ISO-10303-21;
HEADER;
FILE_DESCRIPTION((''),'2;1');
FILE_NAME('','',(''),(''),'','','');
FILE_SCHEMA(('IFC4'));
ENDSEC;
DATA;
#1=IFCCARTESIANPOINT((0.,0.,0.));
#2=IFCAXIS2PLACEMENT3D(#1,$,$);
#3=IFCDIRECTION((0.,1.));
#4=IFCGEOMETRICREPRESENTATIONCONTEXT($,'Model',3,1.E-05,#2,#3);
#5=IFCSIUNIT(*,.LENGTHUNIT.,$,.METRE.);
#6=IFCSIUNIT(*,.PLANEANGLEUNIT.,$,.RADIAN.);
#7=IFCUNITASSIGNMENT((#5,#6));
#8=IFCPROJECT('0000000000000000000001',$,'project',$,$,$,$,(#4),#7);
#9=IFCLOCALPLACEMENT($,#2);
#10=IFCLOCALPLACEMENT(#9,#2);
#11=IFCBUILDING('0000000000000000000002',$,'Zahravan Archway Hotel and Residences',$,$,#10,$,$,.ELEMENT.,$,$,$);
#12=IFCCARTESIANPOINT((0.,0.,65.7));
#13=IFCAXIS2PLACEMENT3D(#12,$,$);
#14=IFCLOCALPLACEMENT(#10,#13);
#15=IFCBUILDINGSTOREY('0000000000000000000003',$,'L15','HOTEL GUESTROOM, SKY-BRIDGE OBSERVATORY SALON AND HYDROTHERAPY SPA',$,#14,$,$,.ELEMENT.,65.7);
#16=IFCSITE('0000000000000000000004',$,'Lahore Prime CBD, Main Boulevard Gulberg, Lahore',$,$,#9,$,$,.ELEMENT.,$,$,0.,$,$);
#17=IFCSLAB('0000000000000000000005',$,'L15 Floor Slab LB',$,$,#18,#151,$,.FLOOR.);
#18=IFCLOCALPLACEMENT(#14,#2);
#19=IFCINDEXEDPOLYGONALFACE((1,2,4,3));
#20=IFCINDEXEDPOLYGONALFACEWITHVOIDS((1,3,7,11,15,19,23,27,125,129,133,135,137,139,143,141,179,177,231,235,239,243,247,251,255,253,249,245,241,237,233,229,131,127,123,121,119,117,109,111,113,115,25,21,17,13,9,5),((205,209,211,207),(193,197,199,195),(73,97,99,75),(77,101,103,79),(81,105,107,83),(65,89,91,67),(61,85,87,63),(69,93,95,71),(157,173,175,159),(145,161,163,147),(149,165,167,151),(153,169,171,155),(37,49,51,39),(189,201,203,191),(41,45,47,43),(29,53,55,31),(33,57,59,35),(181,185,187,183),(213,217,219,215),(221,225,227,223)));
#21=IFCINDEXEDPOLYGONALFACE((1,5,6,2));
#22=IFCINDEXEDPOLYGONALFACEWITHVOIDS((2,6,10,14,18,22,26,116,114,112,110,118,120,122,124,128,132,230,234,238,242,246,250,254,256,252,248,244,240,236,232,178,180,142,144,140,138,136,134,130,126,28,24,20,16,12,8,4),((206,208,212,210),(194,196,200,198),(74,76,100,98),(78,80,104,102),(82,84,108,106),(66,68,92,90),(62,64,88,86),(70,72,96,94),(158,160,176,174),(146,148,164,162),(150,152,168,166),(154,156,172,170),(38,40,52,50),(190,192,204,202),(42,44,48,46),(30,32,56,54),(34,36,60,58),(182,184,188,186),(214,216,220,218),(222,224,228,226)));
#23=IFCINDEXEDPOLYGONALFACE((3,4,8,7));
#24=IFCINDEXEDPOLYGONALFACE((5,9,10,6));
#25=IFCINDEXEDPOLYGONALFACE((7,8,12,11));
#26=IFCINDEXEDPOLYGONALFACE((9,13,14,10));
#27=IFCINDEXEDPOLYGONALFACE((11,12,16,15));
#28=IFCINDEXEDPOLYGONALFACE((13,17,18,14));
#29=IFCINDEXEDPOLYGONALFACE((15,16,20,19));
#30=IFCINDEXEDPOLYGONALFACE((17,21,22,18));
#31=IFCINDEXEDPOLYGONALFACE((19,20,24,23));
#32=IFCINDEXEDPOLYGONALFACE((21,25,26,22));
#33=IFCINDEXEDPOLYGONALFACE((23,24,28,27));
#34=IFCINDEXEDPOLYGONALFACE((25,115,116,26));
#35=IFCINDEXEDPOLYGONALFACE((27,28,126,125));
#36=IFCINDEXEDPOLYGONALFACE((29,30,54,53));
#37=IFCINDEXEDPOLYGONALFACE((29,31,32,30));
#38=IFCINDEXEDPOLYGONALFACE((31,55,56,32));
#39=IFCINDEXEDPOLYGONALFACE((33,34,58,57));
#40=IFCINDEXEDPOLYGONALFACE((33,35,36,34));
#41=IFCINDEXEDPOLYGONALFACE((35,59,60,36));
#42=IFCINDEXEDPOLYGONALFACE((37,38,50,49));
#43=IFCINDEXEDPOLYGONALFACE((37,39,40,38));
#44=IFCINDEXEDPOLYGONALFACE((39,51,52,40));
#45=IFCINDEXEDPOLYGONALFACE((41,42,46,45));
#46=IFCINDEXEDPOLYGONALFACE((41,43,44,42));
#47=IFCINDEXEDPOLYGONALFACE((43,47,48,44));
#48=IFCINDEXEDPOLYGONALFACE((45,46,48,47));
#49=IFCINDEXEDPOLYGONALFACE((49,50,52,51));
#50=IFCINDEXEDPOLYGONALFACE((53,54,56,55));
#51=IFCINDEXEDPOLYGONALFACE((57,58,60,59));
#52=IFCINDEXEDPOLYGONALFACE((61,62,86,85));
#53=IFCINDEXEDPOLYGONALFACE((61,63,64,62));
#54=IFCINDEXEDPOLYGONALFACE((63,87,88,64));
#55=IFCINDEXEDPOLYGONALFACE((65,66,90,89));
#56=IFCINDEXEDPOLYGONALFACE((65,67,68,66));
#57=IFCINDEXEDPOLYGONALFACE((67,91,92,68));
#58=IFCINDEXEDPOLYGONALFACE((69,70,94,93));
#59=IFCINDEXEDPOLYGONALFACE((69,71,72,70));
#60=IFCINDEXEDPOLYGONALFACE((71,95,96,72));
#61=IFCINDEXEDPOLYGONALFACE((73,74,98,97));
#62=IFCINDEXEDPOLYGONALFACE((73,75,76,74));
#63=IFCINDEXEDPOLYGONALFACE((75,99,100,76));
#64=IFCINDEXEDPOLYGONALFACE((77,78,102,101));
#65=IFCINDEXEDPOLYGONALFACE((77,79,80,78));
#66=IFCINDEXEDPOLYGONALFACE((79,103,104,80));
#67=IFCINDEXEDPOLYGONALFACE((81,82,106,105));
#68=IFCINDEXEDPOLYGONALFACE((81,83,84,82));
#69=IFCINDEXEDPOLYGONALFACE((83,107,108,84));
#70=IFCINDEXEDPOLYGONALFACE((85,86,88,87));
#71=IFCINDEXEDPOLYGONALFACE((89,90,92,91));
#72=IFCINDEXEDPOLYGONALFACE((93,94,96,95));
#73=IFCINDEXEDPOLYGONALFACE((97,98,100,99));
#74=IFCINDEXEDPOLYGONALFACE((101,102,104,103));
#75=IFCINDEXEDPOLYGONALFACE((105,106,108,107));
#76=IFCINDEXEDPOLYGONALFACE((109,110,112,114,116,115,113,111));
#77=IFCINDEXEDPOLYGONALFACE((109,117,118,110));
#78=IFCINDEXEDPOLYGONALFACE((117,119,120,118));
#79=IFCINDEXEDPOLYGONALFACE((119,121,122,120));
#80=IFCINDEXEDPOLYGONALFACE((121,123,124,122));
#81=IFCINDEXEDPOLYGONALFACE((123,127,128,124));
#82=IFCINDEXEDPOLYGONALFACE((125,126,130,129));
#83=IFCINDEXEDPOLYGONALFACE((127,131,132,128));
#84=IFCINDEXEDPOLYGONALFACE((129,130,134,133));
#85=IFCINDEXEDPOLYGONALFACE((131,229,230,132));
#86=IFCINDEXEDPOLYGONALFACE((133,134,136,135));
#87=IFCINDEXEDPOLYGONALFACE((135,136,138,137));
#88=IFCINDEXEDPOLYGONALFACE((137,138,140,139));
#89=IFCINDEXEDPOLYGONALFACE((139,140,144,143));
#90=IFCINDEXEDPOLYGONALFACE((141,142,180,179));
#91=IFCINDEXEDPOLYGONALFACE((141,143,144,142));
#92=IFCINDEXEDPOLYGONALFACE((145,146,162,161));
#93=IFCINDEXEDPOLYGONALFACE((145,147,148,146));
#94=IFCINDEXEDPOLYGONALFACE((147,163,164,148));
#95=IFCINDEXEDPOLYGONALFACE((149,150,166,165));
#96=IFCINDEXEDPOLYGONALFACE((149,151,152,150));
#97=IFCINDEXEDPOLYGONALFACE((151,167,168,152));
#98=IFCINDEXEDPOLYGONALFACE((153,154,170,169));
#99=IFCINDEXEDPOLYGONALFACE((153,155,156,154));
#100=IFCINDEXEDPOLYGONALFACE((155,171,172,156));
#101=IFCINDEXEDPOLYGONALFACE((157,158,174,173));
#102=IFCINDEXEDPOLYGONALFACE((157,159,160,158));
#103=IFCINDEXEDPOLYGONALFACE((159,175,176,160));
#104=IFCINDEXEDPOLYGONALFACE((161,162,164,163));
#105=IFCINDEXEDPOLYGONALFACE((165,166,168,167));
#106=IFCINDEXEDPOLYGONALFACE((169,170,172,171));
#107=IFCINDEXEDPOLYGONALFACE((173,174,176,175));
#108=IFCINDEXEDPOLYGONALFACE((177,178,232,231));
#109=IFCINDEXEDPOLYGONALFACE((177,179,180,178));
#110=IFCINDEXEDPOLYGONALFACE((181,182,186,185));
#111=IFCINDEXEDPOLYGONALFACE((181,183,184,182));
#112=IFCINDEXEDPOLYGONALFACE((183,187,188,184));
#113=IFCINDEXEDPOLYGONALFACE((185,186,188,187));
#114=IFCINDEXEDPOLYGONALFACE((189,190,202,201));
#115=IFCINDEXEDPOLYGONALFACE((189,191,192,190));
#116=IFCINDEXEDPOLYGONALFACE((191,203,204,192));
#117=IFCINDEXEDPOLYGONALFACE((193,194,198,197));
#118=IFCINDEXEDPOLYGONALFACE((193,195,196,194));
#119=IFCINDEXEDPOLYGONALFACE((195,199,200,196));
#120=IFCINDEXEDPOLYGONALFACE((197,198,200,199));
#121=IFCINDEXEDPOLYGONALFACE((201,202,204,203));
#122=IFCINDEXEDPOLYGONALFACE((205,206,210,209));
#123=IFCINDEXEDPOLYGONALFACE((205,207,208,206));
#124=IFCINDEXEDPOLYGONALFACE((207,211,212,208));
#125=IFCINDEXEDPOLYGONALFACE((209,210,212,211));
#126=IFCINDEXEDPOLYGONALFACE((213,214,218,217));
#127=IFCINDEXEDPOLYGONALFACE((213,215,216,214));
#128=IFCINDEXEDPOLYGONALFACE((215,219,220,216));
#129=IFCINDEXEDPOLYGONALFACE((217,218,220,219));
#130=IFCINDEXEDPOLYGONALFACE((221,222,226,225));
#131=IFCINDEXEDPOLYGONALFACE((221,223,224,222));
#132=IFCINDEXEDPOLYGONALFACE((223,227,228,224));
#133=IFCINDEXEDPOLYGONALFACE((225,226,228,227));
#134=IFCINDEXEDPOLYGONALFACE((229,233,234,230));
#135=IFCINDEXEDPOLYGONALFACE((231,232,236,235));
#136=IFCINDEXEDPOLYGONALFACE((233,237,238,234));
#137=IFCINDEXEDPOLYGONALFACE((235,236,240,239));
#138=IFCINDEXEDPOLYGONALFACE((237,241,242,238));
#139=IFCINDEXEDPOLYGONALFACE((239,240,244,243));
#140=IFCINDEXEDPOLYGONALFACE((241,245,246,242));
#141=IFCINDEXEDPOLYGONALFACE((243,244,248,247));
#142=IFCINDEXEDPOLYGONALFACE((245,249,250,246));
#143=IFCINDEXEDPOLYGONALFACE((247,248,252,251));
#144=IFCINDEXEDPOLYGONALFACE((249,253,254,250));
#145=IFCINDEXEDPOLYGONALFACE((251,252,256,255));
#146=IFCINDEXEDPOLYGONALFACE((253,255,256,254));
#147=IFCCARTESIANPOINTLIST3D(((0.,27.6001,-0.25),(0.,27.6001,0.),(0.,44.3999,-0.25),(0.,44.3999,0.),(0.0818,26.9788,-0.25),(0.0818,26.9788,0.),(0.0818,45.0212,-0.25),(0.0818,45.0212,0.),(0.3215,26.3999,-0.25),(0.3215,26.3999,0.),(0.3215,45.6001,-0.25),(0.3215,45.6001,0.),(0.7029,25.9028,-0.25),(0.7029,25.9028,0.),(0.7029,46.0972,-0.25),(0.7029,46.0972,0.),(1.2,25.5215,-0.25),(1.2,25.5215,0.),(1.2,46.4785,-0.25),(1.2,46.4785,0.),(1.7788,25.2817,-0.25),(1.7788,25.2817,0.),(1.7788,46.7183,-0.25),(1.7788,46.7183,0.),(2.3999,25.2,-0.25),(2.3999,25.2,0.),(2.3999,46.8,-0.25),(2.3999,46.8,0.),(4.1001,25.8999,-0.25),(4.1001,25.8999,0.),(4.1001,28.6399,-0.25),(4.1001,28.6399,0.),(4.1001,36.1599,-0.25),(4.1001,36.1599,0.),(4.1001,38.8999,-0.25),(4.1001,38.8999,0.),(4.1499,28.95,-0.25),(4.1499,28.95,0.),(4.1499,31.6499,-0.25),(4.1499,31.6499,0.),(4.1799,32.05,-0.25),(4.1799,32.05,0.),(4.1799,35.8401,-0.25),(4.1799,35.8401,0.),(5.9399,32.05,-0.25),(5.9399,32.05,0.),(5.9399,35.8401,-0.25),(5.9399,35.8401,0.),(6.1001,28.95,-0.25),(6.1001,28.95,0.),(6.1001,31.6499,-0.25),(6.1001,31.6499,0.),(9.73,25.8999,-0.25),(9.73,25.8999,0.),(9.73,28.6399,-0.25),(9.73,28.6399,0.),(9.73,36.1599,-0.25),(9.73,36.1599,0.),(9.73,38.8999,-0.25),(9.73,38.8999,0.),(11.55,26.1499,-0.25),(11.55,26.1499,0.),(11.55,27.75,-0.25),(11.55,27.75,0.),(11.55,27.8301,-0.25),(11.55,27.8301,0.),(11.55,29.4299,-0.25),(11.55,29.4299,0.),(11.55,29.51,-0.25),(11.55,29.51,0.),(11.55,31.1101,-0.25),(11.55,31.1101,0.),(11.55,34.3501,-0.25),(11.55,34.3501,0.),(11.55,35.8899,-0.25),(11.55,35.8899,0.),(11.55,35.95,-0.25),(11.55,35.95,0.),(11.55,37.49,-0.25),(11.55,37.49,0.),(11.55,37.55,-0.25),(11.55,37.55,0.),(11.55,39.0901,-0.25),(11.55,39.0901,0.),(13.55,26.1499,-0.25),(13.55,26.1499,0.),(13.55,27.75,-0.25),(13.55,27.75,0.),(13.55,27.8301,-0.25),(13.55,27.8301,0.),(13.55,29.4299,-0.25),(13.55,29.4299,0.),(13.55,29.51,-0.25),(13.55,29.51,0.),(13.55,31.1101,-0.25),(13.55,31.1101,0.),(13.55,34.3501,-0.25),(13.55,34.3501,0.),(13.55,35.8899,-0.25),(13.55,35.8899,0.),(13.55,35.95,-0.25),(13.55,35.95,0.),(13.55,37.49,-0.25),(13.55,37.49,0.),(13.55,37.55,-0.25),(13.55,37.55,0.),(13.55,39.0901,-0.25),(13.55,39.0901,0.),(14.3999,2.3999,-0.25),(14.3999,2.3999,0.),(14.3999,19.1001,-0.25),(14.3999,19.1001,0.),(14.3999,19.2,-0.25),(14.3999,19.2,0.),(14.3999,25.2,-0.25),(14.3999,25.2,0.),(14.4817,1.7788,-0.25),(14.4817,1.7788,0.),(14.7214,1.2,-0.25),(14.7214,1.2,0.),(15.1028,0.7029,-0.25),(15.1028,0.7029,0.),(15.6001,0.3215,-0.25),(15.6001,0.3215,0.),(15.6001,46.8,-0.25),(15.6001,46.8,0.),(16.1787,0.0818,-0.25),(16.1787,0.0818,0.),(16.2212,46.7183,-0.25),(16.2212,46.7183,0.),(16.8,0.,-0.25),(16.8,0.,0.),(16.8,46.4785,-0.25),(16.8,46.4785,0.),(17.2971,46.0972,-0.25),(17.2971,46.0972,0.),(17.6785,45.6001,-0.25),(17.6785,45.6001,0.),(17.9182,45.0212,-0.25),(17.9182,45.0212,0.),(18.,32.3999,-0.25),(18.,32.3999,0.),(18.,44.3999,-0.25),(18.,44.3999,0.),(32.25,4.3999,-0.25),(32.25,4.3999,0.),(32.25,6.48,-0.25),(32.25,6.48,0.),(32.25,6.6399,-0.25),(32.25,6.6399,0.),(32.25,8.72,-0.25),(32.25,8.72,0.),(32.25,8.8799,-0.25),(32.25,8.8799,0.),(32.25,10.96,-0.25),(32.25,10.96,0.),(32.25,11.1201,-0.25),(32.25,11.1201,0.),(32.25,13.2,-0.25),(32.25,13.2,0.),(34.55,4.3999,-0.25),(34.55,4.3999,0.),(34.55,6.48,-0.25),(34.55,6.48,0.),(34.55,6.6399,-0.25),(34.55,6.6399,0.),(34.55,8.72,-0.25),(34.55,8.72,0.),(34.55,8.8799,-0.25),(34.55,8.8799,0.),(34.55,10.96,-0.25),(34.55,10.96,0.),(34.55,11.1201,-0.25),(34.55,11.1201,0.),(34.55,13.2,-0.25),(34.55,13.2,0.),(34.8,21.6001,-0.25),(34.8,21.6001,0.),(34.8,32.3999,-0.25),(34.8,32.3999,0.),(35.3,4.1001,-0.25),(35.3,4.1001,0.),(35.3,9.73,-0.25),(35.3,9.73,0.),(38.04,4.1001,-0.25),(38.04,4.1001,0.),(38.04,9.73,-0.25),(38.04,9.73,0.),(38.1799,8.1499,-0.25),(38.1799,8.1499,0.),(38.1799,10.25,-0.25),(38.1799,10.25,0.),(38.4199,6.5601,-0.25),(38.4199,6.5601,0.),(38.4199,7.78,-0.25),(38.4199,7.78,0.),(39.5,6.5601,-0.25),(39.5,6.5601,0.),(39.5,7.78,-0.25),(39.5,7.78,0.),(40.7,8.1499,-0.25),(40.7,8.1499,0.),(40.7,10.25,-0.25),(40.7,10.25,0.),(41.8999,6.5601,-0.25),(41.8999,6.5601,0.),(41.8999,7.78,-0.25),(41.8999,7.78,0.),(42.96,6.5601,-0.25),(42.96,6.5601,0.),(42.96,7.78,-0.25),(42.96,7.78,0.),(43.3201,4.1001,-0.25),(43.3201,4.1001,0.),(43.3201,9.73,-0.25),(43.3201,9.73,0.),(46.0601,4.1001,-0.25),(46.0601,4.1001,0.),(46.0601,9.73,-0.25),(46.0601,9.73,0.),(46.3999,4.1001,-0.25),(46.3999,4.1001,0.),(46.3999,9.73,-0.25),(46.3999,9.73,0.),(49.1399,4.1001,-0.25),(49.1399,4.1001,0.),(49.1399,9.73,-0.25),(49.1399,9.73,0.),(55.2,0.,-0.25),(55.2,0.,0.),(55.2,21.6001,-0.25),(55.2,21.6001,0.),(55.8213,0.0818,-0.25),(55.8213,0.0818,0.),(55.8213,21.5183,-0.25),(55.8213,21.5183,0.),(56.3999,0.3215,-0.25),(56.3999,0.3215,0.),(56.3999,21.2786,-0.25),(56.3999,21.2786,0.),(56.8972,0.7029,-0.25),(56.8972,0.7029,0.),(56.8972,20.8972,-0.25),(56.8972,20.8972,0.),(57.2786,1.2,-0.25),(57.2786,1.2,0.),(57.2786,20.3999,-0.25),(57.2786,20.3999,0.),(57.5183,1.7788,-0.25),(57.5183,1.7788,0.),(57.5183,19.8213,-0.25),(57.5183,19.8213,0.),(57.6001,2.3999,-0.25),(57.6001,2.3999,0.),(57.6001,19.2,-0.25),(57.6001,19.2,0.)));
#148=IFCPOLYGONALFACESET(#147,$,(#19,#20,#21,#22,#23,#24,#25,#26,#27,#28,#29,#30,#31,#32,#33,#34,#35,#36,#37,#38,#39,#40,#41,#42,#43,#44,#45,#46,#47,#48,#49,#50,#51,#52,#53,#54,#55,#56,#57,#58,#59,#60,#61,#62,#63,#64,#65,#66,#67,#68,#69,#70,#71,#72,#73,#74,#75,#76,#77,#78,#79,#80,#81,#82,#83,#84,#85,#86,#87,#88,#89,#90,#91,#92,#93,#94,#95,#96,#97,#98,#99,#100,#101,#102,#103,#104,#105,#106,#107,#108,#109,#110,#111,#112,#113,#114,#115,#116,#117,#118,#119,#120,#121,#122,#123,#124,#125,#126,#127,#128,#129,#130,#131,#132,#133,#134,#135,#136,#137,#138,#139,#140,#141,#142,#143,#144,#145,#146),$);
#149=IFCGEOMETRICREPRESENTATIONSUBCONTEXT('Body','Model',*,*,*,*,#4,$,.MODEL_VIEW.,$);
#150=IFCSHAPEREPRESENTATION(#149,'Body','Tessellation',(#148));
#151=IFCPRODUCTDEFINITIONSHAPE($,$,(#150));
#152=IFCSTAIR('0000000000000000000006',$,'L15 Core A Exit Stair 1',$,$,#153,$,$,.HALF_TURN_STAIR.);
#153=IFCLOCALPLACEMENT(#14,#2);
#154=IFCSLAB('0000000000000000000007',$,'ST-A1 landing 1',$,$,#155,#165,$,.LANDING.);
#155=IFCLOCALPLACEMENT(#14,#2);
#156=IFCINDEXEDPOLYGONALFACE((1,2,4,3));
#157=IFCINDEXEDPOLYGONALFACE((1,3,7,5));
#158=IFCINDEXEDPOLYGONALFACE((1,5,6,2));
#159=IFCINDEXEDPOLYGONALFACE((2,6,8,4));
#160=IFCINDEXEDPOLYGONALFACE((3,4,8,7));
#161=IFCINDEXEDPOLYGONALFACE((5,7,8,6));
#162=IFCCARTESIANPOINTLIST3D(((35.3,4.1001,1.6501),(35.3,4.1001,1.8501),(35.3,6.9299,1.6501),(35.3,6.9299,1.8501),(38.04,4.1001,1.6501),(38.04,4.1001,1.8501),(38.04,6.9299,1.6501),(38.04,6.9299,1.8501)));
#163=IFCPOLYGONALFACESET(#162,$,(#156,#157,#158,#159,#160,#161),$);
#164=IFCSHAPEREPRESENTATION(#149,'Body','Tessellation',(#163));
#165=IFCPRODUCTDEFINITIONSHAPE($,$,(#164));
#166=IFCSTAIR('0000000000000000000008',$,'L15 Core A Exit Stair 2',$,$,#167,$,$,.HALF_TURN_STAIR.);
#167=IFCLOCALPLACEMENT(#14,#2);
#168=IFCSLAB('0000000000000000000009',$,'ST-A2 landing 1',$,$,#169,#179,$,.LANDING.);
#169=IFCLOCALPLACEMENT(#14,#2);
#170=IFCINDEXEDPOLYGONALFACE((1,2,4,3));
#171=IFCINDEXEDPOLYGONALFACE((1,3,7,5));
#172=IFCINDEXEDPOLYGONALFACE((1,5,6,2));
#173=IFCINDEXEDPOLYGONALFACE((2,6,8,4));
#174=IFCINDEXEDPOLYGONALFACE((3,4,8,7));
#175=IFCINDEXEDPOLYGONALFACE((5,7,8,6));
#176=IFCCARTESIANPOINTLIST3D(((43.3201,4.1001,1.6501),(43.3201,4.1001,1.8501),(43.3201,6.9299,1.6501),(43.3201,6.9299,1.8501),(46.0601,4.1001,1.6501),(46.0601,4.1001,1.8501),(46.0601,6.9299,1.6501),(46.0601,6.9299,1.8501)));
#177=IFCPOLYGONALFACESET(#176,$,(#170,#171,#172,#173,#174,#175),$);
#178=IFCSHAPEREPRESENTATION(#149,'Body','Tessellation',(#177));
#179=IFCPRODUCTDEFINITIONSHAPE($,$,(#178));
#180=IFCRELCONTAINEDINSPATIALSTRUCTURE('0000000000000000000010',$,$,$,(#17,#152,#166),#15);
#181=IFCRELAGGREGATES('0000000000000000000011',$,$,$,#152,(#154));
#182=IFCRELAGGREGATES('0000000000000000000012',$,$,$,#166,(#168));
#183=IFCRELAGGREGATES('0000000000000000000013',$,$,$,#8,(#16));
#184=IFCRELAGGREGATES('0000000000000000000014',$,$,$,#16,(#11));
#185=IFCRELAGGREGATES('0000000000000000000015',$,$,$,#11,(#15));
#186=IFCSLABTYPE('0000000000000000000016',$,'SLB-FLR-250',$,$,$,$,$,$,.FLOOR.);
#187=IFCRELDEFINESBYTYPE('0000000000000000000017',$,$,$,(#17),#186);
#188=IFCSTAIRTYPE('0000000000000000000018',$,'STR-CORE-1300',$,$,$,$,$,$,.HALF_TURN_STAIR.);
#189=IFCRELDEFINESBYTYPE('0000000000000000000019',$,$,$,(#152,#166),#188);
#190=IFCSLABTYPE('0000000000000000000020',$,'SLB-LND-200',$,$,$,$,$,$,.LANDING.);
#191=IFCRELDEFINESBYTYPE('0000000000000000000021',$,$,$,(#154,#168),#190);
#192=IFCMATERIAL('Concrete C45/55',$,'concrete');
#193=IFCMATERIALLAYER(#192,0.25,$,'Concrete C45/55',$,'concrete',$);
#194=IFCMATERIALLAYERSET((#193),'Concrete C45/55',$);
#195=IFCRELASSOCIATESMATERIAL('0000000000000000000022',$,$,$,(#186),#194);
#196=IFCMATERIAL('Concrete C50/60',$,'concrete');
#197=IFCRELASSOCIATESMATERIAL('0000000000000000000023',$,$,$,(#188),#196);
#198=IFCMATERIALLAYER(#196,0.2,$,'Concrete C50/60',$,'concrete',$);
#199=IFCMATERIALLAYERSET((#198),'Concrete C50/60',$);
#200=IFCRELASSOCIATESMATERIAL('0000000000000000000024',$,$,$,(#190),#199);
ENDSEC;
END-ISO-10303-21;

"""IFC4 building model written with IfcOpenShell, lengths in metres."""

from ifc_helpers import new_model, si_unit, direction, frame, origin, place, context, subcontext, project, spatial, polyline, outline, extrude, material, layer, layer_set, type_object, element, aggregate, save


model = new_model("IFC4")

# Units and contexts
model_context = context("Model", 3, precision=1e-05, world=origin(), true_north=direction((0.0, 1.0)))
body_context = subcontext(model_context, "Body", "Model", "MODEL_VIEW")
ifc_project = project(units=[si_unit("LENGTHUNIT", "METRE"), si_unit("PLANEANGLEUNIT", "RADIAN")], contexts=[model_context])

# Site, building, storey
site_placement = place(None, origin())
site = spatial("IfcSite", under=ifc_project, at=site_placement, Name="Lahore Prime CBD, Main Boulevard Gulberg, Lahore", CompositionType="ELEMENT", RefElevation=0.0)
building_placement = place(site_placement, origin())
building = spatial("IfcBuilding", under=site, at=building_placement, Name="Zahravan Archway Hotel and Residences", CompositionType="ELEMENT")
storey_placement = place(building_placement, frame((0.0, 0.0, 65.7)))
storey = spatial("IfcBuildingStorey", under=building, at=storey_placement, Name="L15", Description="HOTEL GUESTROOM, SKY-BRIDGE OBSERVATORY SALON AND HYDROTHERAPY SPA", CompositionType="ELEMENT", Elevation=65.7)

# Slab
ifc_material_1 = material(Name="Concrete C45/55", Category="concrete")
ifc_layer_1 = layer(ifc_material_1, 0.25, Name="Concrete C45/55", Category="concrete")
ifc_layer_set_1 = layer_set([ifc_layer_1], Name="Concrete C45/55")
slab_type_1 = type_object("IfcSlabType", Name="SLB-FLR-250", PredefinedType="FLOOR", material=ifc_layer_set_1)
slab_1_placement = place(storey_placement, frame((0.0, 0.0, -0.25)))
element("IfcSlab", 1, at=slab_1_placement, inside=storey, type_object=slab_type_1, Name="L15 Floor Slab LB", PredefinedType="FLOOR", context=body_context, shape_type="SweptSolid", body=[
    extrude(outline(polyline([(34.8, 21.6001), (34.8, 32.3999), (18.0, 32.3999), (18.0, 44.3999), (17.9182, 45.0212), (17.6785, 45.6001), (17.2971, 46.0972), (16.8, 46.4785), (16.2212, 46.7183), (15.6001, 46.8), (2.3999, 46.8), (1.7788, 46.7183), (1.2, 46.4785), (0.7029, 46.0972), (0.3215, 45.6001), (0.0818, 45.0212), (0.0, 44.3999), (0.0, 27.6001), (0.0818, 26.9788), (0.3215, 26.3999), (0.7029, 25.9028), (1.2, 25.5215), (1.7788, 25.2817), (2.3999, 25.2), (14.3999, 25.2), (14.3999, 19.2), (14.3999, 19.1001), (14.3999, 2.3999), (14.4817, 1.7788), (14.7214, 1.2), (15.1028, 0.7029), (15.6001, 0.3215), (16.1787, 0.0818), (16.8, 0.0), (55.2, 0.0), (55.8213, 0.0818), (56.3999, 0.3215), (56.8972, 0.7029), (57.2786, 1.2), (57.5183, 1.7788), (57.6001, 2.3999), (57.6001, 19.2), (57.5183, 19.8213), (57.2786, 20.3999), (56.8972, 20.8972), (56.3999, 21.2786), (55.8213, 21.5183), (55.2, 21.6001), (34.8, 21.6001)]), holes=[polyline([(35.3, 9.73), (35.3, 4.1001), (38.04, 4.1001), (38.04, 9.73), (35.3, 9.73)]), polyline([(43.3201, 9.73), (43.3201, 4.1001), (46.0601, 4.1001), (46.0601, 9.73), (43.3201, 9.73)]), polyline([(46.3999, 9.73), (46.3999, 4.1001), (49.1399, 4.1001), (49.1399, 9.73), (46.3999, 9.73)]), polyline([(9.73, 28.6399), (4.1001, 28.6399), (4.1001, 25.8999), (9.73, 25.8999), (9.73, 28.6399)]), polyline([(9.73, 38.8999), (4.1001, 38.8999), (4.1001, 36.1599), (9.73, 36.1599), (9.73, 38.8999)]), polyline([(38.1799, 8.1499), (40.7, 8.1499), (40.7, 10.25), (38.1799, 10.25), (38.1799, 8.1499)]), polyline([(4.1499, 28.95), (6.1001, 28.95), (6.1001, 31.6499), (4.1499, 31.6499), (4.1499, 28.95)]), polyline([(11.55, 26.1499), (13.55, 26.1499), (13.55, 27.75), (11.55, 27.75), (11.55, 26.1499)]), polyline([(11.55, 27.8301), (13.55, 27.8301), (13.55, 29.4299), (11.55, 29.4299), (11.55, 27.8301)]), polyline([(11.55, 29.51), (13.55, 29.51), (13.55, 31.1101), (11.55, 31.1101), (11.55, 29.51)]), polyline([(11.55, 34.3501), (13.55, 34.3501), (13.55, 35.8899), (11.55, 35.8899), (11.55, 34.3501)]), polyline([(11.55, 35.95), (13.55, 35.95), (13.55, 37.49), (11.55, 37.49), (11.55, 35.95)]), polyline([(11.55, 37.55), (13.55, 37.55), (13.55, 39.0901), (11.55, 39.0901), (11.55, 37.55)]), polyline([(32.25, 4.3999), (34.55, 4.3999), (34.55, 6.48), (32.25, 6.48), (32.25, 4.3999)]), polyline([(32.25, 6.6399), (34.55, 6.6399), (34.55, 8.72), (32.25, 8.72), (32.25, 6.6399)]), polyline([(32.25, 8.8799), (34.55, 8.8799), (34.55, 10.96), (32.25, 10.96), (32.25, 8.8799)]), polyline([(32.25, 11.1201), (34.55, 11.1201), (34.55, 13.2), (32.25, 13.2), (32.25, 11.1201)]), polyline([(38.4199, 6.5601), (39.5, 6.5601), (39.5, 7.78), (38.4199, 7.78), (38.4199, 6.5601)]), polyline([(41.8999, 6.5601), (42.96, 6.5601), (42.96, 7.78), (41.8999, 7.78), (41.8999, 6.5601)]), polyline([(4.1799, 32.05), (5.9399, 32.05), (5.9399, 35.8401), (4.1799, 35.8401), (4.1799, 32.05)])]), origin(), (0.0, 0.0, 1.0), 0.25),
])

# Stairs, slabs
ifc_material_2 = material(Name="Concrete C50/60", Category="concrete")
stair_type = type_object("IfcStairType", Name="STR-CORE-1300", PredefinedType="HALF_TURN_STAIR", material=ifc_material_2)
stair_1_placement = place(storey_placement, origin())
stair_1 = element("IfcStair", 2, at=stair_1_placement, inside=storey, type_object=stair_type, Name="L15 Core A Exit Stair 1", PredefinedType="HALF_TURN_STAIR")
ifc_layer_2 = layer(ifc_material_2, 0.2, Name="Concrete C50/60", Category="concrete")
ifc_layer_set_2 = layer_set([ifc_layer_2], Name="Concrete C50/60")
slab_type_2 = type_object("IfcSlabType", Name="SLB-LND-200", PredefinedType="LANDING", material=ifc_layer_set_2)
slab_2_placement = place(storey_placement, frame((0.0, 0.0, 1.6501)))
slab_2 = element("IfcSlab", 3, at=slab_2_placement, type_object=slab_type_2, Name="ST-A1 landing 1", PredefinedType="LANDING", context=body_context, shape_type="SweptSolid", body=[
    extrude(outline(polyline([(35.3, 6.9299), (35.3, 4.1001), (38.04, 4.1001), (38.04, 6.9299), (35.3, 6.9299)])), origin(), (0.0, 0.0, 1.0), 0.2),
])
aggregate(stair_1, [slab_2])
stair_2_placement = place(storey_placement, origin())
stair_2 = element("IfcStair", 4, at=stair_2_placement, inside=storey, type_object=stair_type, Name="L15 Core A Exit Stair 2", PredefinedType="HALF_TURN_STAIR")
slab_3_placement = place(storey_placement, frame((0.0, 0.0, 1.6501)))
slab_3 = element("IfcSlab", 5, at=slab_3_placement, type_object=slab_type_2, Name="ST-A2 landing 1", PredefinedType="LANDING", context=body_context, shape_type="SweptSolid", body=[
    extrude(outline(polyline([(43.3201, 6.9299), (43.3201, 4.1001), (46.0601, 4.1001), (46.0601, 6.9299), (43.3201, 6.9299)])), origin(), (0.0, 0.0, 1.0), 0.2),
])
aggregate(stair_2, [slab_3])

save(model, "model.ifc")
